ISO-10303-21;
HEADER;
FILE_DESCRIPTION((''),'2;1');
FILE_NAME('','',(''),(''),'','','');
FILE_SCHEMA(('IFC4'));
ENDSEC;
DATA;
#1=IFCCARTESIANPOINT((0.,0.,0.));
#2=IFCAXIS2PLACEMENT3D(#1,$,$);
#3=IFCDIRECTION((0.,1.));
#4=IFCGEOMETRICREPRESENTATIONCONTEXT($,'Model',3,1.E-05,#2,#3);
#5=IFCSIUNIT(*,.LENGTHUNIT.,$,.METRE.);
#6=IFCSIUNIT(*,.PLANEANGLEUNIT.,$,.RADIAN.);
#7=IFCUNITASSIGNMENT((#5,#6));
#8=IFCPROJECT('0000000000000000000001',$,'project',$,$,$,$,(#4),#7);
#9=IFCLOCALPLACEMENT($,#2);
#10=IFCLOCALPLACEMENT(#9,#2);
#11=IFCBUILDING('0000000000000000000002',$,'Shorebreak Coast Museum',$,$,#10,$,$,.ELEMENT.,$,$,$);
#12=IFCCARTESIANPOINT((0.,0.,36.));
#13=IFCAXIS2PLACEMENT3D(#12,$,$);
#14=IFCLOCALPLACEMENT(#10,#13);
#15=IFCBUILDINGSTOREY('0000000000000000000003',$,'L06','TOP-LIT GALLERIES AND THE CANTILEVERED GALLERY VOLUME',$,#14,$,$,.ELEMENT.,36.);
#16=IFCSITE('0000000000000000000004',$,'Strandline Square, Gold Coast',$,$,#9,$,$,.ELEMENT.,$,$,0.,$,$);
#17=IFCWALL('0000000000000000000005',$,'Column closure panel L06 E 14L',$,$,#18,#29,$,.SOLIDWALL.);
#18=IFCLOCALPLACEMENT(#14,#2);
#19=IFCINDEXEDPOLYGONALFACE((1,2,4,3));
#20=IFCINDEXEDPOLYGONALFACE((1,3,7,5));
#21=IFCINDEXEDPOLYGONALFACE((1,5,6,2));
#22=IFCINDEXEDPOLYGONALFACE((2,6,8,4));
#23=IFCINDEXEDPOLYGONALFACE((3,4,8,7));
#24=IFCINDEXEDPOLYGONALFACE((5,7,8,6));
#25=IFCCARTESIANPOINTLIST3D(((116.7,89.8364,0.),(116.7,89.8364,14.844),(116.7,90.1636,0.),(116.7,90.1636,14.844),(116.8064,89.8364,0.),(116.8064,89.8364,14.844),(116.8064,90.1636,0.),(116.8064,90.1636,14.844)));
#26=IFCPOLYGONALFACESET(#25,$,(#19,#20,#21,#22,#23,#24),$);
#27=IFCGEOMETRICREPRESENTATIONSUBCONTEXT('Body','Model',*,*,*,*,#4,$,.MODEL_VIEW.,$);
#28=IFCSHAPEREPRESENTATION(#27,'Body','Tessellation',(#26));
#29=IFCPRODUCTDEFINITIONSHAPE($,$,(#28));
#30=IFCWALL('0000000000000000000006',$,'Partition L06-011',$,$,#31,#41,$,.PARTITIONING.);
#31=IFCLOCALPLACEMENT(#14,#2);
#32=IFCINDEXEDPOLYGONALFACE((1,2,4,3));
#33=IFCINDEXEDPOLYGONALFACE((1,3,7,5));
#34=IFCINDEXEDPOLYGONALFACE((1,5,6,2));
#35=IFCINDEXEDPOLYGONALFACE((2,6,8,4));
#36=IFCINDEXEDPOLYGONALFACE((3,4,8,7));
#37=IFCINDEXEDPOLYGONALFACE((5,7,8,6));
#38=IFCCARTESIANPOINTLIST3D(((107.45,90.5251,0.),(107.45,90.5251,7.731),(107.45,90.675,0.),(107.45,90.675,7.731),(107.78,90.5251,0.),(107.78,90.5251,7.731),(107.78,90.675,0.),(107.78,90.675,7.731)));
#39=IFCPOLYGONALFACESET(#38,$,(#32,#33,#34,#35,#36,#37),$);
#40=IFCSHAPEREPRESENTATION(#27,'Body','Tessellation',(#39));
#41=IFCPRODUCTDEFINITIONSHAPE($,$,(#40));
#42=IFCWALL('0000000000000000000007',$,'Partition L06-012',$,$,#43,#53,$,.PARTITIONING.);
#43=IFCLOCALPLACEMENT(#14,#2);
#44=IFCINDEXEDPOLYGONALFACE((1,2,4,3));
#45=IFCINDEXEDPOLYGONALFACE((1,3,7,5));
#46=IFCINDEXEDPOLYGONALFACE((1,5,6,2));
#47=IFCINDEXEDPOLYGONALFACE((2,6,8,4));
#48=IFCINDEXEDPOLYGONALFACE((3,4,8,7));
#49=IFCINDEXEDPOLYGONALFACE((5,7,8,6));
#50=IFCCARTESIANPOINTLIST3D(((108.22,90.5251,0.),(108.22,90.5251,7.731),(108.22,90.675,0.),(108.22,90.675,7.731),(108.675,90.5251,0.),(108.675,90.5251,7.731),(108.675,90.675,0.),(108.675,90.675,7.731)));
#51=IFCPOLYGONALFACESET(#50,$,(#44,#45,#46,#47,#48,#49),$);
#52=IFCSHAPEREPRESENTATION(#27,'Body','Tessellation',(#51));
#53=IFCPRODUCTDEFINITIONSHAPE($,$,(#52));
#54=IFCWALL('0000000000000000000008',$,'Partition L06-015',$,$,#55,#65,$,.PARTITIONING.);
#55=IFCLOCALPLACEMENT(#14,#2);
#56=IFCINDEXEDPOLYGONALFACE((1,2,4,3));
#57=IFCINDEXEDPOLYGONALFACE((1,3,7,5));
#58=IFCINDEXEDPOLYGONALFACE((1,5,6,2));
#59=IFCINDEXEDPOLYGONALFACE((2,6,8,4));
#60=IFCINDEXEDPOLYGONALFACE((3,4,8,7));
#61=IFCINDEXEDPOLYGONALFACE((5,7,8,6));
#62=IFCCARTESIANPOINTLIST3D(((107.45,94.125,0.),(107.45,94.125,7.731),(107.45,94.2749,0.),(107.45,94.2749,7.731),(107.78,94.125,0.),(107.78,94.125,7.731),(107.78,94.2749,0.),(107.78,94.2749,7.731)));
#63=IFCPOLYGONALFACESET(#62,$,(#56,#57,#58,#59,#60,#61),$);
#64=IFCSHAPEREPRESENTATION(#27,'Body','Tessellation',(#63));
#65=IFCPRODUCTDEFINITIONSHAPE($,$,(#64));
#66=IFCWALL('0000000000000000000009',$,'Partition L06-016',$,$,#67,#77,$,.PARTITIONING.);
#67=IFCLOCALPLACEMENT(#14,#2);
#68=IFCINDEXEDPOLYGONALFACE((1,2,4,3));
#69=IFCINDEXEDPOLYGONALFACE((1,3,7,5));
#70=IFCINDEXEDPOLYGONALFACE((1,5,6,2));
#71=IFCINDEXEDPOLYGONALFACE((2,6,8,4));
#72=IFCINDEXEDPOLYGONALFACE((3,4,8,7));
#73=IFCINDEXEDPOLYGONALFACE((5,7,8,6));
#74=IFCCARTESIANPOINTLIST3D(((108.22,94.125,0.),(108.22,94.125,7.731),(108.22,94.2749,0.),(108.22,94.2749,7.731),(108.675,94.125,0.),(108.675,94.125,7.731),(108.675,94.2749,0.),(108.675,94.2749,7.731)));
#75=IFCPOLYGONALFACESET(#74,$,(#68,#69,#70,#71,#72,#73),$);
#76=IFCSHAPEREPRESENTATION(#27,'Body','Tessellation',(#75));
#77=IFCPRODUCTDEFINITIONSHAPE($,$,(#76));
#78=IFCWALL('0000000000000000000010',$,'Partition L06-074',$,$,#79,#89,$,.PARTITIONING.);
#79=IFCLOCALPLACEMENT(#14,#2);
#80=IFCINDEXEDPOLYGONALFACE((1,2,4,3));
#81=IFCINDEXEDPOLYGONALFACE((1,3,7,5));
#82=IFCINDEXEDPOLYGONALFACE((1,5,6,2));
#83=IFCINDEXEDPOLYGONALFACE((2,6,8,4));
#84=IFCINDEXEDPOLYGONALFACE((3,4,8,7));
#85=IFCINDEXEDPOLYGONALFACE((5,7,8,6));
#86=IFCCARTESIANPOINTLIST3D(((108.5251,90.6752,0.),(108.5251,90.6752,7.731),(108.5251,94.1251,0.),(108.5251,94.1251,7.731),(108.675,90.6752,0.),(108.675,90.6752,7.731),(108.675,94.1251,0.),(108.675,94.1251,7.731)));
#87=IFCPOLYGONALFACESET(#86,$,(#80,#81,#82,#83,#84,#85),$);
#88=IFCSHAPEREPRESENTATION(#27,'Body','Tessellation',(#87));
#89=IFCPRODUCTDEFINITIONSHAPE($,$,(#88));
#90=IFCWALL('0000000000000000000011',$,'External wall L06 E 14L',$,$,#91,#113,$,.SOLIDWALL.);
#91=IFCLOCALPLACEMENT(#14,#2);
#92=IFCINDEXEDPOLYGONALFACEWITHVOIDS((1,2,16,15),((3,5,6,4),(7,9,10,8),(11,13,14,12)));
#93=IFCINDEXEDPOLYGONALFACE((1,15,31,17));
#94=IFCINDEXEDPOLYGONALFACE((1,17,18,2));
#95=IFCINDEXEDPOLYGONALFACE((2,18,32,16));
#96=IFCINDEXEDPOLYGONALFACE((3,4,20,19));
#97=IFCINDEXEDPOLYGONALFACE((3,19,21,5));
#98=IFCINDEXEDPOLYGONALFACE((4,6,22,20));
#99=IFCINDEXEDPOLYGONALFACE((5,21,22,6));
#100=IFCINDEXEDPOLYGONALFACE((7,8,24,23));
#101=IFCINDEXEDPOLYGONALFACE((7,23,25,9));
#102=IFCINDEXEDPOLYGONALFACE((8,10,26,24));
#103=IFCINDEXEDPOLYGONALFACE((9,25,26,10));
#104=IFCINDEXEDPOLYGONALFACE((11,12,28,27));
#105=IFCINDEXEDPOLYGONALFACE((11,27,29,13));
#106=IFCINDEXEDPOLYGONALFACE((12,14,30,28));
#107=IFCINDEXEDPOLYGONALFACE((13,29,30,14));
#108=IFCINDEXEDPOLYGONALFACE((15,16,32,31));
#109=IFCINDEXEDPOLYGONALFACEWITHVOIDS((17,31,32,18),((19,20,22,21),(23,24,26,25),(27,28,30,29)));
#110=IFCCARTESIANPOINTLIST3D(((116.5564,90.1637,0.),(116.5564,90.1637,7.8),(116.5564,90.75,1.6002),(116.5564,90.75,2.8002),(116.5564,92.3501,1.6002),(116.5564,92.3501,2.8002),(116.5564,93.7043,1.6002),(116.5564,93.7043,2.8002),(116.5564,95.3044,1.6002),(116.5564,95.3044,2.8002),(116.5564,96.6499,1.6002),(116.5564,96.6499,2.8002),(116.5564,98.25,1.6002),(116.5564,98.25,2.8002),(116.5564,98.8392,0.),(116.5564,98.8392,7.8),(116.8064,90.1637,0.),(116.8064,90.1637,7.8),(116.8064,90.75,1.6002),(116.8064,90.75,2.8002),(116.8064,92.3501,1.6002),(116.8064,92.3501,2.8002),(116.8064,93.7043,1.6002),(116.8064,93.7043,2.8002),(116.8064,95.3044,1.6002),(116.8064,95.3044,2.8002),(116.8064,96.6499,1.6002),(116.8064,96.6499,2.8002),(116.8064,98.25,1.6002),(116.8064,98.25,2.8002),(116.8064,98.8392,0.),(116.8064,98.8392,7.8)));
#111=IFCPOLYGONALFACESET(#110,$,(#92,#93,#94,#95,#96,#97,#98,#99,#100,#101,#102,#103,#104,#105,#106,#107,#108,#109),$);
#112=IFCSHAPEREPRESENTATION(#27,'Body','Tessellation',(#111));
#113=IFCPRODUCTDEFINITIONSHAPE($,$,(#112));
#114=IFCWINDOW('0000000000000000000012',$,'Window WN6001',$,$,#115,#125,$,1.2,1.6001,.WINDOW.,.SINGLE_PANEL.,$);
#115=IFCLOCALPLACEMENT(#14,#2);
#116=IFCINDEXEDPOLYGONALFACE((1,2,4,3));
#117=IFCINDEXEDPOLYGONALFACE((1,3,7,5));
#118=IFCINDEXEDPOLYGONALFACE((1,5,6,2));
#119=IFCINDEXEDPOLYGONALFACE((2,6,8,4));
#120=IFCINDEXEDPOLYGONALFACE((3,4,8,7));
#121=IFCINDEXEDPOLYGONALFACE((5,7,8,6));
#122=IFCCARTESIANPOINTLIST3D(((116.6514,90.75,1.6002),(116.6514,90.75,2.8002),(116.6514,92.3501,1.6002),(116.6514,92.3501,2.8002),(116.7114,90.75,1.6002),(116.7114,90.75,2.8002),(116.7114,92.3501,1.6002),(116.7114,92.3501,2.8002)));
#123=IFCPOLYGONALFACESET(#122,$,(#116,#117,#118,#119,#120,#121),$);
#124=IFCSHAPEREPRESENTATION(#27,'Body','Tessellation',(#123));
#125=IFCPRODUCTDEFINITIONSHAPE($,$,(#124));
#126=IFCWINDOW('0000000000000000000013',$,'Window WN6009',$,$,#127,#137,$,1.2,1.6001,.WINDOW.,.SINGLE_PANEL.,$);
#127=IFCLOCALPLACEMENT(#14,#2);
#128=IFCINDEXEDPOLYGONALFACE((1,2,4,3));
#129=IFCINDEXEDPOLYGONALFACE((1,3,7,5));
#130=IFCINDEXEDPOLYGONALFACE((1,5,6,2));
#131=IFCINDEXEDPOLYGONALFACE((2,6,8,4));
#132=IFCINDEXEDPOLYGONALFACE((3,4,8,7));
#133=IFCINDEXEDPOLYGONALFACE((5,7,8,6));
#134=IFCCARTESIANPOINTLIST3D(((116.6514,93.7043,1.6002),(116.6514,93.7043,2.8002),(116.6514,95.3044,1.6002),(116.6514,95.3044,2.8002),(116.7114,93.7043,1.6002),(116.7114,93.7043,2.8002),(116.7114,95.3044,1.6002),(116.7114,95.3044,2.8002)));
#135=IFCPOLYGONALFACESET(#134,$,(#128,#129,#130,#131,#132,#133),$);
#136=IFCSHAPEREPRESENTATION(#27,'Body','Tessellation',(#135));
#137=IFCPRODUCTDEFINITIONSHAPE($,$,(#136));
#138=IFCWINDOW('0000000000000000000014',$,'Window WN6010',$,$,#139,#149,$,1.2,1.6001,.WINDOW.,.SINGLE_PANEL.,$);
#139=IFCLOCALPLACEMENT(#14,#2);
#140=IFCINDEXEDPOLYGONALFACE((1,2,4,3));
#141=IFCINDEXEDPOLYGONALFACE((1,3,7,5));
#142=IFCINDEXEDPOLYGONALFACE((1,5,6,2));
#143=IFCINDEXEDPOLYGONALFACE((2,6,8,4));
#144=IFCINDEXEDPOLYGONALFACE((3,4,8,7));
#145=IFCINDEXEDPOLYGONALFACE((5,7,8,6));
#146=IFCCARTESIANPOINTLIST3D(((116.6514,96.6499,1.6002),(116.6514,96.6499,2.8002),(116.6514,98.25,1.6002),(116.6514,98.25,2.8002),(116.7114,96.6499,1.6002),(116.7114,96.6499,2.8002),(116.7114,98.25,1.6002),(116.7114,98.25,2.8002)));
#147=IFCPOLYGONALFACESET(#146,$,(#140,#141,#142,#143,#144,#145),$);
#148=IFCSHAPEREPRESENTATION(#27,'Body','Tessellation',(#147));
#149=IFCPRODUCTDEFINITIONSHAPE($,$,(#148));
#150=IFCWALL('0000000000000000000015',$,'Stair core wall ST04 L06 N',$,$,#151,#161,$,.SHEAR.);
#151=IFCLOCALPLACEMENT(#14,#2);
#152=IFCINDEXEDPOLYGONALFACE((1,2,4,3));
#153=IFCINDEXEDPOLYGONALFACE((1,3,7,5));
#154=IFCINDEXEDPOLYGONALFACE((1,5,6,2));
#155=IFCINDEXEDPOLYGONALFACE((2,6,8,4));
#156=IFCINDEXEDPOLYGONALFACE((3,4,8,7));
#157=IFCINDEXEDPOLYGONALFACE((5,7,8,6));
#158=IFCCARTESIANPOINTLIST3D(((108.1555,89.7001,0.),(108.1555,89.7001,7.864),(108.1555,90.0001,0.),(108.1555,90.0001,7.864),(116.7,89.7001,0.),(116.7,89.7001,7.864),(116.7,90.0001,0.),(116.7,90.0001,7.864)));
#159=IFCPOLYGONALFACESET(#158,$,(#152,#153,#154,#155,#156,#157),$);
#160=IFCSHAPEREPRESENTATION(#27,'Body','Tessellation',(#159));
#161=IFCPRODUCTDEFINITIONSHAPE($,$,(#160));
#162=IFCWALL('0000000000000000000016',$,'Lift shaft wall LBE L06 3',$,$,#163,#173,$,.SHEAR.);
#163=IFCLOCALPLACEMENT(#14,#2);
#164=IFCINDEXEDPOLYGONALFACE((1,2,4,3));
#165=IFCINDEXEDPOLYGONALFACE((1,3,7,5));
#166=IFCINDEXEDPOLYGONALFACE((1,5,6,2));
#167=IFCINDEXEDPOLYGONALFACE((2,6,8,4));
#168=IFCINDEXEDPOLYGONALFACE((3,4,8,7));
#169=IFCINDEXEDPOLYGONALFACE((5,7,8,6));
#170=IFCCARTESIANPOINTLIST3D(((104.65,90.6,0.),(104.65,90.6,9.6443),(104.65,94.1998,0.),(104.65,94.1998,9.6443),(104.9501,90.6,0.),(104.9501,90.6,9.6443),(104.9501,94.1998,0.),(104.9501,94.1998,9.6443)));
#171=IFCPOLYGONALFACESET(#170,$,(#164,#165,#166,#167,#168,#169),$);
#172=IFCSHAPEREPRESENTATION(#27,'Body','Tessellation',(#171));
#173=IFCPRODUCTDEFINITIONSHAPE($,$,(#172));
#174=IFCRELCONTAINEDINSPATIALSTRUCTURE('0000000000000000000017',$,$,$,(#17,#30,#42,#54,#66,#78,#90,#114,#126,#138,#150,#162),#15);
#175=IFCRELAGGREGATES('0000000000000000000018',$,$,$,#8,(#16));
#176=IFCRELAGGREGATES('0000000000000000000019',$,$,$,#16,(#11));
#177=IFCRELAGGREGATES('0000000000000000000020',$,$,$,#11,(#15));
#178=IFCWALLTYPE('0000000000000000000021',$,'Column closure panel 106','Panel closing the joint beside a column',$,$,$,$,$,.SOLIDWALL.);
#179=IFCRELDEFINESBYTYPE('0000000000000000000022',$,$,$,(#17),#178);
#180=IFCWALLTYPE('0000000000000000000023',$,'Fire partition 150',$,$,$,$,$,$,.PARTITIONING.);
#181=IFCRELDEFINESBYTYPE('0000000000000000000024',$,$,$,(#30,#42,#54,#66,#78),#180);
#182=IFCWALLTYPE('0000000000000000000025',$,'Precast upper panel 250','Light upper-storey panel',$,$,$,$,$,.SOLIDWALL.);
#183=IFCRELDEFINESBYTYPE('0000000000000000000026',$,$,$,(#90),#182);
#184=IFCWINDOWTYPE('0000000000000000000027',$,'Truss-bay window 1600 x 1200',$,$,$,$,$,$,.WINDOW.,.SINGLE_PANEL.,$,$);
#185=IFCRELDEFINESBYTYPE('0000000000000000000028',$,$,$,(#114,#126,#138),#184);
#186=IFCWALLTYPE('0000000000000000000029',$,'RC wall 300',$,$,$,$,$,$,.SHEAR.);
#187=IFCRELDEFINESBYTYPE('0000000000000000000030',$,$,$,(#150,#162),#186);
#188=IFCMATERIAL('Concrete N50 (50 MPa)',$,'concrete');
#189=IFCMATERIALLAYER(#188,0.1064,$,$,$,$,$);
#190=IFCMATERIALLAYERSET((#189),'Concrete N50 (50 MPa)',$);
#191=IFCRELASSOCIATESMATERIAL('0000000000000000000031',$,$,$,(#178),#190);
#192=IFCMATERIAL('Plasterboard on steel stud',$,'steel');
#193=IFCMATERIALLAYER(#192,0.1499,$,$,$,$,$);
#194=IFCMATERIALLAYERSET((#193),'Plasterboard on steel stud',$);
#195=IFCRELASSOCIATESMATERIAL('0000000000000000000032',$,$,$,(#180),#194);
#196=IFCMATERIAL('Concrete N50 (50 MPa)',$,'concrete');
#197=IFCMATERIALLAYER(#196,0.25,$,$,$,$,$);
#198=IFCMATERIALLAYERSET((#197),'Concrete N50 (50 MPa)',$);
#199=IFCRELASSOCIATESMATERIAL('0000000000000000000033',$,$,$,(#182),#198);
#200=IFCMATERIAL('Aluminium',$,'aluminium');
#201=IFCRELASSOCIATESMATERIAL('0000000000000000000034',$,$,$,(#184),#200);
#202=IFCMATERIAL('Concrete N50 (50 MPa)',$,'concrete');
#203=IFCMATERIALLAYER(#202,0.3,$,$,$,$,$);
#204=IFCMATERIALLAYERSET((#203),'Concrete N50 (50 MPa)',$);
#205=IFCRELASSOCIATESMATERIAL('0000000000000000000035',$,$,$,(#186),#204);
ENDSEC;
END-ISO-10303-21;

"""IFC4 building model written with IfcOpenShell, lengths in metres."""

from ifc_helpers import new_model, si_unit, direction, frame, frame_2d, origin, place, context, subcontext, project, spatial, rectangle, extrude, material, layer, layer_set, type_object, element, fill, save


model = new_model("IFC4")

# Units and contexts
model_context = context("Model", 3, precision=1e-05, world=origin(), true_north=direction((0.0, 1.0)))
body_context = subcontext(model_context, "Body", "Model", "MODEL_VIEW")
ifc_project = project(units=[si_unit("LENGTHUNIT", "METRE"), si_unit("PLANEANGLEUNIT", "RADIAN")], contexts=[model_context])

# Site, building, storey
site_placement = place(None, origin())
site = spatial("IfcSite", under=ifc_project, at=site_placement, Name="Strandline Square, Gold Coast", CompositionType="ELEMENT", RefElevation=0.0)
building_placement = place(site_placement, origin())
building = spatial("IfcBuilding", under=site, at=building_placement, Name="Shorebreak Coast Museum", CompositionType="ELEMENT")
storey_placement = place(building_placement, frame((0.0, 0.0, 36.0)))
storey = spatial("IfcBuildingStorey", under=building, at=storey_placement, Name="L06", Description="TOP-LIT GALLERIES AND THE CANTILEVERED GALLERY VOLUME", CompositionType="ELEMENT", Elevation=36.0)

# Walls
ifc_material_1 = material(Name="Concrete N50 (50 MPa)", Category="concrete")
ifc_layer_1 = layer(ifc_material_1, 0.1064)
ifc_layer_set_1 = layer_set([ifc_layer_1], Name="Concrete N50 (50 MPa)")
wall_type_1 = type_object("IfcWallType", Name="Column closure panel 106", Description="Panel closing the joint beside a column", PredefinedType="SOLIDWALL", material=ifc_layer_set_1)
wall_1_placement = place(storey_placement, frame((116.7532, 89.8364, 0.0), z_axis=(0.0, 0.0, 1.0), x_axis=(0.0, 1.0, 0.0)))
element("IfcWall", 1, at=wall_1_placement, inside=storey, type_object=wall_type_1, Name="Column closure panel L06 E 14L", PredefinedType="SOLIDWALL", context=body_context, shape_type="SweptSolid", body=[
    extrude(rectangle(XDim=0.3271, YDim=0.1064, at=frame_2d((0.1636, 0.0))), origin(), (0.0, 0.0, 1.0), 14.844),
])
ifc_material_2 = material(Name="Plasterboard on steel stud", Category="steel")
ifc_layer_2 = layer(ifc_material_2, 0.1499)
ifc_layer_set_2 = layer_set([ifc_layer_2], Name="Plasterboard on steel stud")
wall_type_2 = type_object("IfcWallType", Name="Fire partition 150", PredefinedType="PARTITIONING", material=ifc_layer_set_2)
wall_2_placement = place(storey_placement, frame((107.45, 90.6001, 0.0), z_axis=(0.0, 0.0, 1.0), x_axis=(1.0, 0.0, 0.0)))
element("IfcWall", 2, at=wall_2_placement, inside=storey, type_object=wall_type_2, Name="Partition L06-011", PredefinedType="PARTITIONING", context=body_context, shape_type="SweptSolid", body=[
    extrude(rectangle(XDim=0.3301, YDim=0.1499, at=frame_2d((0.165, 0.0))), origin(), (0.0, 0.0, 1.0), 7.731),
])
wall_3_placement = place(storey_placement, frame((108.22, 90.6001, 0.0), z_axis=(0.0, 0.0, 1.0), x_axis=(1.0, 0.0, 0.0)))
element("IfcWall", 3, at=wall_3_placement, inside=storey, type_object=wall_type_2, Name="Partition L06-012", PredefinedType="PARTITIONING", context=body_context, shape_type="SweptSolid", body=[
    extrude(rectangle(XDim=0.4551, YDim=0.1499, at=frame_2d((0.2275, 0.0))), origin(), (0.0, 0.0, 1.0), 7.731),
])
wall_4_placement = place(storey_placement, frame((107.45, 94.2, 0.0), z_axis=(0.0, 0.0, 1.0), x_axis=(1.0, 0.0, 0.0)))
element("IfcWall", 4, at=wall_4_placement, inside=storey, type_object=wall_type_2, Name="Partition L06-015", PredefinedType="PARTITIONING", context=body_context, shape_type="SweptSolid", body=[
    extrude(rectangle(XDim=0.3301, YDim=0.1499, at=frame_2d((0.165, 0.0))), origin(), (0.0, 0.0, 1.0), 7.731),
])
wall_5_placement = place(storey_placement, frame((108.22, 94.2, 0.0), z_axis=(0.0, 0.0, 1.0), x_axis=(1.0, 0.0, 0.0)))
element("IfcWall", 5, at=wall_5_placement, inside=storey, type_object=wall_type_2, Name="Partition L06-016", PredefinedType="PARTITIONING", context=body_context, shape_type="SweptSolid", body=[
    extrude(rectangle(XDim=0.4551, YDim=0.1499, at=frame_2d((0.2275, 0.0))), origin(), (0.0, 0.0, 1.0), 7.731),
])
wall_6_placement = place(storey_placement, frame((108.6001, 90.675, 0.0), z_axis=(0.0, 0.0, 1.0), x_axis=(0.0, 1.0, 0.0)))
element("IfcWall", 6, at=wall_6_placement, inside=storey, type_object=wall_type_2, Name="Partition L06-074", PredefinedType="PARTITIONING", context=body_context, shape_type="SweptSolid", body=[
    extrude(rectangle(XDim=3.45, YDim=0.1499, at=frame_2d((1.7251, 0.0))), origin(), (0.0, 0.0, 1.0), 7.731),
])

# Wall, openings, windows
ifc_material_3 = material(Name="Concrete N50 (50 MPa)", Category="concrete")
ifc_layer_3 = layer(ifc_material_3, 0.25)
ifc_layer_set_3 = layer_set([ifc_layer_3], Name="Concrete N50 (50 MPa)")
wall_type_3 = type_object("IfcWallType", Name="Precast upper panel 250", Description="Light upper-storey panel", PredefinedType="SOLIDWALL", material=ifc_layer_set_3)
wall_7_placement = place(storey_placement, frame((116.6814, 90.1636, 0.0), z_axis=(0.0, 0.0, 1.0), x_axis=(0.0, 1.0, 0.0)))
wall_7 = element("IfcWall", 7, at=wall_7_placement, inside=storey, type_object=wall_type_3, Name="External wall L06 E 14L", PredefinedType="SOLIDWALL", context=body_context, shape_type="SweptSolid", body=[
    extrude(rectangle(XDim=8.6755, YDim=0.25, at=frame_2d((4.3379, 0.0))), origin(), (0.0, 0.0, 1.0), 7.8),
])
opening_1_placement = place(wall_7_placement, frame((0.5864, 0.0, 1.6001)))
opening_1 = element("IfcOpeningElement", 8, at=opening_1_placement, cuts=wall_7, PredefinedType="OPENING", context=body_context, shape_type="SweptSolid", body=[
    extrude(rectangle(XDim=1.6001, YDim=1.2, at=frame_2d((0.8, 0.6001))), frame((0.0, 0.135, 0.0), z_axis=(0.0, -1.0, 0.0), x_axis=(1.0, 0.0, 0.0)), (0.0, 0.0, 1.0), 0.27),
])
opening_2_placement = place(wall_7_placement, frame((3.5408, 0.0, 1.6001)))
opening_2 = element("IfcOpeningElement", 9, at=opening_2_placement, cuts=wall_7, PredefinedType="OPENING", context=body_context, shape_type="SweptSolid", body=[
    extrude(rectangle(XDim=1.6001, YDim=1.2, at=frame_2d((0.8, 0.6001))), frame((0.0, 0.135, 0.0), z_axis=(0.0, -1.0, 0.0), x_axis=(1.0, 0.0, 0.0)), (0.0, 0.0, 1.0), 0.27),
])
opening_3_placement = place(wall_7_placement, frame((6.4863, 0.0, 1.6001)))
opening_3 = element("IfcOpeningElement", 10, at=opening_3_placement, cuts=wall_7, PredefinedType="OPENING", context=body_context, shape_type="SweptSolid", body=[
    extrude(rectangle(XDim=1.6001, YDim=1.2, at=frame_2d((0.8, 0.6001))), frame((0.0, 0.135, 0.0), z_axis=(0.0, -1.0, 0.0), x_axis=(1.0, 0.0, 0.0)), (0.0, 0.0, 1.0), 0.27),
])
ifc_material_4 = material(Name="Aluminium", Category="aluminium")
window_type = type_object("IfcWindowType", Name="Truss-bay window 1600 x 1200", PartitioningType="SINGLE_PANEL", PredefinedType="WINDOW", material=ifc_material_4)
window_1_placement = place(opening_1_placement, origin())
window_1 = element("IfcWindow", 11, at=window_1_placement, inside=storey, type_object=window_type, Name="Window WN6001", OverallHeight=1.2, OverallWidth=1.6001, PartitioningType="SINGLE_PANEL", PredefinedType="WINDOW", context=body_context, shape_type="SweptSolid", body=[
    extrude(rectangle(XDim=1.6001, YDim=1.2, at=frame_2d((0.8, 0.6001))), frame((0.0, 0.03, 0.0), z_axis=(0.0, -1.0, 0.0), x_axis=(1.0, 0.0, 0.0)), (0.0, 0.0, 1.0), 0.0601),
])
fill(opening_1, window_1)
window_2_placement = place(opening_2_placement, origin())
window_2 = element("IfcWindow", 12, at=window_2_placement, inside=storey, type_object=window_type, Name="Window WN6009", OverallHeight=1.2, OverallWidth=1.6001, PartitioningType="SINGLE_PANEL", PredefinedType="WINDOW", context=body_context, shape_type="SweptSolid", body=[
    extrude(rectangle(XDim=1.6001, YDim=1.2, at=frame_2d((0.8, 0.6001))), frame((0.0, 0.03, 0.0), z_axis=(0.0, -1.0, 0.0), x_axis=(1.0, 0.0, 0.0)), (0.0, 0.0, 1.0), 0.0601),
])
fill(opening_2, window_2)
window_3_placement = place(opening_3_placement, origin())
window_3 = element("IfcWindow", 13, at=window_3_placement, inside=storey, type_object=window_type, Name="Window WN6010", OverallHeight=1.2, OverallWidth=1.6001, PartitioningType="SINGLE_PANEL", PredefinedType="WINDOW", context=body_context, shape_type="SweptSolid", body=[
    extrude(rectangle(XDim=1.6001, YDim=1.2, at=frame_2d((0.8, 0.6001))), frame((0.0, 0.03, 0.0), z_axis=(0.0, -1.0, 0.0), x_axis=(1.0, 0.0, 0.0)), (0.0, 0.0, 1.0), 0.0601),
])
fill(opening_3, window_3)

# Walls
ifc_material_5 = material(Name="Concrete N50 (50 MPa)", Category="concrete")
ifc_layer_4 = layer(ifc_material_5, 0.3)
ifc_layer_set_4 = layer_set([ifc_layer_4], Name="Concrete N50 (50 MPa)")
wall_type_4 = type_object("IfcWallType", Name="RC wall 300", PredefinedType="SHEAR", material=ifc_layer_set_4)
wall_8_placement = place(storey_placement, frame((108.1555, 89.8501, 0.0), z_axis=(0.0, 0.0, 1.0), x_axis=(1.0, 0.0, 0.0)))
element("IfcWall", 14, at=wall_8_placement, inside=storey, type_object=wall_type_4, Name="Stair core wall ST04 L06 N", PredefinedType="SHEAR", context=body_context, shape_type="SweptSolid", body=[
    extrude(rectangle(XDim=8.5444, YDim=0.3, at=frame_2d((4.2722, 0.0))), origin(), (0.0, 0.0, 1.0), 7.864),
])
wall_9_placement = place(storey_placement, frame((104.8, 90.6001, 0.0), z_axis=(0.0, 0.0, 1.0), x_axis=(0.0, 1.0, 0.0)))
element("IfcWall", 15, at=wall_9_placement, inside=storey, type_object=wall_type_4, Name="Lift shaft wall LBE L06 3", PredefinedType="SHEAR", context=body_context, shape_type="SweptSolid", body=[
    extrude(rectangle(XDim=3.5999, YDim=0.3, at=frame_2d((1.7998, 0.0))), origin(), (0.0, 0.0, 1.0), 9.6443),
])

save(model, "model.ifc")
